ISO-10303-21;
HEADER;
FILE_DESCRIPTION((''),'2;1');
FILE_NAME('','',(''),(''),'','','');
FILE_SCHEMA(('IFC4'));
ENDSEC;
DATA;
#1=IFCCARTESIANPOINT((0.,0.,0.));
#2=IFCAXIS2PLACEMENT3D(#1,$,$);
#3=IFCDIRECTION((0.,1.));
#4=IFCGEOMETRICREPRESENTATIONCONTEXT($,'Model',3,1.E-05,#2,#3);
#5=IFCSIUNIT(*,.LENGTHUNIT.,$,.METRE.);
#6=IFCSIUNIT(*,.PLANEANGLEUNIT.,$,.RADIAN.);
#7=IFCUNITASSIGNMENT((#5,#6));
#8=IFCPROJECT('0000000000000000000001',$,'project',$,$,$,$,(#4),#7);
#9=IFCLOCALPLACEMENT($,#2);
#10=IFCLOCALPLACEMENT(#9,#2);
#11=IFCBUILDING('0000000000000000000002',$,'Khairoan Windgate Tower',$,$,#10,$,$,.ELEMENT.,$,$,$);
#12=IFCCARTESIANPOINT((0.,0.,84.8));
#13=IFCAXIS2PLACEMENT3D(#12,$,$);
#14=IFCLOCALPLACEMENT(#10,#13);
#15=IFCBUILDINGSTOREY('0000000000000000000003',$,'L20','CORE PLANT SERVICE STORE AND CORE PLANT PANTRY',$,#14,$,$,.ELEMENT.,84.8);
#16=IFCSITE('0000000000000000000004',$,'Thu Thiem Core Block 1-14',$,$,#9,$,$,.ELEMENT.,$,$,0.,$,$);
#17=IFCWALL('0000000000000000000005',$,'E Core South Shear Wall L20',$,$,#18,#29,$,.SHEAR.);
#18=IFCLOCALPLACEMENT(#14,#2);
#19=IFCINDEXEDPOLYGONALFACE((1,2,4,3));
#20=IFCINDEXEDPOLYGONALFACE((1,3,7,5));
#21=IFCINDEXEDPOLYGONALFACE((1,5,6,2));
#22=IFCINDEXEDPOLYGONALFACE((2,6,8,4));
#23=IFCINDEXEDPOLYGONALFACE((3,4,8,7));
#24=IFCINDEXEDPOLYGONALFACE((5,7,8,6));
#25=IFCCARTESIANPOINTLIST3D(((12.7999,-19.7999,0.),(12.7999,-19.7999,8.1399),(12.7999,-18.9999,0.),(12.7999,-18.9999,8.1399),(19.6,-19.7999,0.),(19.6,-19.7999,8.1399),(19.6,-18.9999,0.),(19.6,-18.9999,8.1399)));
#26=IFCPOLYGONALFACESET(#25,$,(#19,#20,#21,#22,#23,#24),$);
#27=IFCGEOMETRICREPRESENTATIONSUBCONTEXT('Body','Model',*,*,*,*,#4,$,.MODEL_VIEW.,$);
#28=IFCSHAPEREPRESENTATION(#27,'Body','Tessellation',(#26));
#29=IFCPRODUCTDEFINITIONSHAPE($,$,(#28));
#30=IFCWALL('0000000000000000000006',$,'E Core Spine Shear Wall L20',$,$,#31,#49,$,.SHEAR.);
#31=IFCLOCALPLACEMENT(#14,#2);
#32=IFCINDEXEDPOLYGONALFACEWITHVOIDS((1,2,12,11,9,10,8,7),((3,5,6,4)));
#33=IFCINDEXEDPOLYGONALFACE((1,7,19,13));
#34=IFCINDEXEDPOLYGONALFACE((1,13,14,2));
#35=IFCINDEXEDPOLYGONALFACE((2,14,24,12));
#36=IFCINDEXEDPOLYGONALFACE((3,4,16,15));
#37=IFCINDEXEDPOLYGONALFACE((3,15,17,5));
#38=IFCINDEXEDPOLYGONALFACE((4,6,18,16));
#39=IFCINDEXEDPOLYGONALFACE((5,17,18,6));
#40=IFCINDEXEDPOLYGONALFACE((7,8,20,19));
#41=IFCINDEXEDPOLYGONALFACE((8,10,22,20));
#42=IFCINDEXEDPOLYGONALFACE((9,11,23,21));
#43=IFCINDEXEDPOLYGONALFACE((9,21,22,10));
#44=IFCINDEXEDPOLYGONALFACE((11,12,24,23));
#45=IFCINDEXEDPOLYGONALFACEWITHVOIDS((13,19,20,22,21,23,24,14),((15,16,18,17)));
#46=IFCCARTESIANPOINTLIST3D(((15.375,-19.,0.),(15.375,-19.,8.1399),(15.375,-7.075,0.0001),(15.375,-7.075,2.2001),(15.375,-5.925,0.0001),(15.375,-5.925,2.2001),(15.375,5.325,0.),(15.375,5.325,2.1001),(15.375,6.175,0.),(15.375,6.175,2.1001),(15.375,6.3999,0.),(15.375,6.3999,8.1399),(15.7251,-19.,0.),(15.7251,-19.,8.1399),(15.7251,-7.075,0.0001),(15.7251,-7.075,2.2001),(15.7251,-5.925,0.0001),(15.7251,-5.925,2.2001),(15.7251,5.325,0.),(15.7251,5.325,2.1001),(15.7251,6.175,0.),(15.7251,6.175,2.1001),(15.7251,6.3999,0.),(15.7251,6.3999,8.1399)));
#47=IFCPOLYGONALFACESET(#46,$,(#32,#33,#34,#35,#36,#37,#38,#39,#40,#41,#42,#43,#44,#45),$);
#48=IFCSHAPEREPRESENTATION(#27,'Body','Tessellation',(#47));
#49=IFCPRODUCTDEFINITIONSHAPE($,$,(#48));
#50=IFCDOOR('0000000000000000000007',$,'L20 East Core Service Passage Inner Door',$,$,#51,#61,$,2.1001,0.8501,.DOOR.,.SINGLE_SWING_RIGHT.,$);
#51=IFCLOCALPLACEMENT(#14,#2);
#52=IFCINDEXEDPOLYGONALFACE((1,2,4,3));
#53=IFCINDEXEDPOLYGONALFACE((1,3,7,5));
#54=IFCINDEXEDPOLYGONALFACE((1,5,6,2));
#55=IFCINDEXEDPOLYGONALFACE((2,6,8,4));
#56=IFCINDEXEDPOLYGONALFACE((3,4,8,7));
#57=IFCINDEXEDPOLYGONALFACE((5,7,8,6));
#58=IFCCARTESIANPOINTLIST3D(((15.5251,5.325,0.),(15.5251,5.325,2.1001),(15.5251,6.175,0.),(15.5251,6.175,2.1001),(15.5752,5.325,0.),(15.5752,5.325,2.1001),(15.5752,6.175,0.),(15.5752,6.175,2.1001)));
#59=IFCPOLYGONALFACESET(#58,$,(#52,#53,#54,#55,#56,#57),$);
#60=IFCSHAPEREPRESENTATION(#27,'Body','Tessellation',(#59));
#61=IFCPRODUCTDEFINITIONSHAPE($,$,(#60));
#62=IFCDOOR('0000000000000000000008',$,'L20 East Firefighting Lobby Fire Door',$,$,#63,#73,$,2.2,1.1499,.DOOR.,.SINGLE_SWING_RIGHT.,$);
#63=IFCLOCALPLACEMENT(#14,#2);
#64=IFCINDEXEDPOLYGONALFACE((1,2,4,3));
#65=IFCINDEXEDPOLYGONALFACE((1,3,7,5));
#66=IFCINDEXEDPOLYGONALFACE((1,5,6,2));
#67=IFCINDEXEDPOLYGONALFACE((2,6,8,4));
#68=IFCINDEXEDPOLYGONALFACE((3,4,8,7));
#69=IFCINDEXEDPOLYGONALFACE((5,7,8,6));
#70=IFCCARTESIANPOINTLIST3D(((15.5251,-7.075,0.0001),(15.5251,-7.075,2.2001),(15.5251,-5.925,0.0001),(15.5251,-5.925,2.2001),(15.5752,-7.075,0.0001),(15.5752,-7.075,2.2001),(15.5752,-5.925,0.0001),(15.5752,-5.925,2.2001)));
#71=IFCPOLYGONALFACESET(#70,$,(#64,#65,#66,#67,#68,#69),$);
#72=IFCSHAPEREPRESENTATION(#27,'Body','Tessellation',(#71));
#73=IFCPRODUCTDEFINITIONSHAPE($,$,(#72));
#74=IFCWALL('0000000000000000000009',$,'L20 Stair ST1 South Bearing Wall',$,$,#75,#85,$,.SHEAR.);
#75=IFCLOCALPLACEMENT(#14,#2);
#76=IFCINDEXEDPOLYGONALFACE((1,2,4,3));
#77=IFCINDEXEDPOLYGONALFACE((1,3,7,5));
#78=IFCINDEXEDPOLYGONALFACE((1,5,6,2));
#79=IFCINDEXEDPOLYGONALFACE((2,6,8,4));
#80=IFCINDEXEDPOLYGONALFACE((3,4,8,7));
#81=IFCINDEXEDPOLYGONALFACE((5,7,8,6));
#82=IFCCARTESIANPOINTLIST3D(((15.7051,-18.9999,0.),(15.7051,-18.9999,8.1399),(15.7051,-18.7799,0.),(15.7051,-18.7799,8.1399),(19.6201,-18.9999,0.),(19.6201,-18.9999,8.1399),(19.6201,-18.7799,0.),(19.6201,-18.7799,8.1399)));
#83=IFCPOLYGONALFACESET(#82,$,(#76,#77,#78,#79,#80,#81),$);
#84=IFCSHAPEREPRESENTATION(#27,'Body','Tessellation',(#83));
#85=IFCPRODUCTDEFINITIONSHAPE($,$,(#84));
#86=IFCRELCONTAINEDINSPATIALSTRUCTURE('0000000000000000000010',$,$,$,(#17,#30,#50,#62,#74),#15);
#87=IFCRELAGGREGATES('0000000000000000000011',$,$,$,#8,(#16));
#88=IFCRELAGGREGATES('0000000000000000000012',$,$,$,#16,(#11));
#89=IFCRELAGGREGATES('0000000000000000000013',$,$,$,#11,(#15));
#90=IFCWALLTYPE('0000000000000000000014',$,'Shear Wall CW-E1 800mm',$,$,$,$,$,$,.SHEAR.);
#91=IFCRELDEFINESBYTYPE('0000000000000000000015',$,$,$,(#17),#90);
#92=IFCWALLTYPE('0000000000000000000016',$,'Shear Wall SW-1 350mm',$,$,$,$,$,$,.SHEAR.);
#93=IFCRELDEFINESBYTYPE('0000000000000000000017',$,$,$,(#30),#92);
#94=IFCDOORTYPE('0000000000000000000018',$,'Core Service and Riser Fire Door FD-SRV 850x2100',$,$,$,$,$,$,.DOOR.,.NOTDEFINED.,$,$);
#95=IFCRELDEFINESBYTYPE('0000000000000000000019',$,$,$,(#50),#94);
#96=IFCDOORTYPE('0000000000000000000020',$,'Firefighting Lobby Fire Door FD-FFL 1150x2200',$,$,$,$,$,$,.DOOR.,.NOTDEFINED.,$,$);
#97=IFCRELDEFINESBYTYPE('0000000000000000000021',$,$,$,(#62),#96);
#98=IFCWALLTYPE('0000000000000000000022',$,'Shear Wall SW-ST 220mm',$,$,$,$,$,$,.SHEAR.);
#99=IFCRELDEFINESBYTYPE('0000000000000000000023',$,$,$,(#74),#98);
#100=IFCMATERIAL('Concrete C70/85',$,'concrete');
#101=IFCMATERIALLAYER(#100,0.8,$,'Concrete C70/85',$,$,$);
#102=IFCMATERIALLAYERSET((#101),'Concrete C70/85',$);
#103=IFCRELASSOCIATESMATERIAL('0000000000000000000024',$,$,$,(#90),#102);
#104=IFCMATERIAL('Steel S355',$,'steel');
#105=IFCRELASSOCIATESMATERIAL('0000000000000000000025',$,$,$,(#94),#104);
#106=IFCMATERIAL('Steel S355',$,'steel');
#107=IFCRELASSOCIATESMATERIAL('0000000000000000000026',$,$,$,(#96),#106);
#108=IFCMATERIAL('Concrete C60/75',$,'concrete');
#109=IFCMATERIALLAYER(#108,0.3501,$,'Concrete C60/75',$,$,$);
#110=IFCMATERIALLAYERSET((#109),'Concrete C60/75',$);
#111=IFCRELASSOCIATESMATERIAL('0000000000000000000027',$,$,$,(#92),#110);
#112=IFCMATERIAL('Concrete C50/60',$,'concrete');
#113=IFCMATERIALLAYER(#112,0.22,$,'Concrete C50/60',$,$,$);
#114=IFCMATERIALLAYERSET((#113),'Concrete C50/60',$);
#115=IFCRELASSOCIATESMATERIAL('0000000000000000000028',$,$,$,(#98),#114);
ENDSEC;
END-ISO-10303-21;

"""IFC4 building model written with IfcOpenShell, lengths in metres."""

from ifc_helpers import new_model, si_unit, direction, frame, frame_2d, origin, place, context, subcontext, project, spatial, rectangle, extrude, material, layer, layer_set, type_object, element, fill, save


model = new_model("IFC4")

# Units and contexts
model_context = context("Model", 3, precision=1e-05, world=origin(), true_north=direction((0.0, 1.0)))
body_context = subcontext(model_context, "Body", "Model", "MODEL_VIEW")
ifc_project = project(units=[si_unit("LENGTHUNIT", "METRE"), si_unit("PLANEANGLEUNIT", "RADIAN")], contexts=[model_context])

# Site, building, storey
site_placement = place(None, origin())
site = spatial("IfcSite", under=ifc_project, at=site_placement, Name="Thu Thiem Core Block 1-14", CompositionType="ELEMENT", RefElevation=0.0)
building_placement = place(site_placement, origin())
building = spatial("IfcBuilding", under=site, at=building_placement, Name="Khairoan Windgate Tower", CompositionType="ELEMENT")
storey_placement = place(building_placement, frame((0.0, 0.0, 84.8)))
storey = spatial("IfcBuildingStorey", under=building, at=storey_placement, Name="L20", Description="CORE PLANT SERVICE STORE AND CORE PLANT PANTRY", CompositionType="ELEMENT", Elevation=84.8)

# Shared definitions
ifc_material_1 = material(Name="Concrete C70/85", Category="concrete")
ifc_layer_1 = layer(ifc_material_1, 0.8, Name="Concrete C70/85")
ifc_layer_set_1 = layer_set([ifc_layer_1], Name="Concrete C70/85")
wall_type_1 = type_object("IfcWallType", Name="Shear Wall CW-E1 800mm", PredefinedType="SHEAR", material=ifc_layer_set_1)
ifc_material_2 = material(Name="Steel S355", Category="steel")
door_type_1 = type_object("IfcDoorType", Name="Core Service and Riser Fire Door FD-SRV 850x2100", OperationType="NOTDEFINED", PredefinedType="DOOR", material=ifc_material_2)
ifc_material_3 = material(Name="Steel S355", Category="steel")
door_type_2 = type_object("IfcDoorType", Name="Firefighting Lobby Fire Door FD-FFL 1150x2200", OperationType="NOTDEFINED", PredefinedType="DOOR", material=ifc_material_3)

# Wall
wall_1_placement = place(storey_placement, frame((12.8, -19.3999, 0.0), z_axis=(0.0, 0.0, 1.0), x_axis=(1.0, 0.0, 0.0)))
element("IfcWall", 1, at=wall_1_placement, inside=storey, type_object=wall_type_1, Name="E Core South Shear Wall L20", PredefinedType="SHEAR", context=body_context, shape_type="SweptSolid", body=[
    extrude(rectangle(XDim=6.8, YDim=0.8, at=frame_2d((3.3999, 0.0))), origin(), (0.0, 0.0, 1.0), 8.1399),
])

# Wall, openings, doors
ifc_material_4 = material(Name="Concrete C60/75", Category="concrete")
ifc_layer_2 = layer(ifc_material_4, 0.3501, Name="Concrete C60/75")
ifc_layer_set_2 = layer_set([ifc_layer_2], Name="Concrete C60/75")
wall_type_2 = type_object("IfcWallType", Name="Shear Wall SW-1 350mm", PredefinedType="SHEAR", material=ifc_layer_set_2)
wall_2_placement = place(storey_placement, frame((15.55, -19.0, 0.0), z_axis=(0.0, 0.0, 1.0), x_axis=(0.0, 1.0, 0.0)))
wall_2 = element("IfcWall", 2, at=wall_2_placement, inside=storey, type_object=wall_type_2, Name="E Core Spine Shear Wall L20", PredefinedType="SHEAR", context=body_context, shape_type="SweptSolid", body=[
    extrude(rectangle(XDim=25.3999, YDim=0.3501, at=frame_2d((12.7, 0.0))), origin(), (0.0, 0.0, 1.0), 8.1399),
])
opening_1_placement = place(wall_2_placement, frame((11.925, 0.0, 0.0)))
opening_1 = element("IfcOpeningElement", 3, at=opening_1_placement, cuts=wall_2, PredefinedType="OPENING", context=body_context, shape_type="SweptSolid", body=[
    extrude(rectangle(XDim=1.1499, YDim=2.2, at=frame_2d((0.575, 1.1001))), frame((0.0, 0.1851, 0.0), z_axis=(0.0, -1.0, 0.0), x_axis=(1.0, 0.0, 0.0)), (0.0, 0.0, 1.0), 0.3701),
])
opening_2_placement = place(wall_2_placement, frame((24.325, 0.0, 0.0)))
opening_2 = element("IfcOpeningElement", 4, at=opening_2_placement, cuts=wall_2, PredefinedType="OPENING", context=body_context, shape_type="SweptSolid", body=[
    extrude(rectangle(XDim=0.8501, YDim=2.1001, at=frame_2d((0.425, 1.05))), frame((0.0, 0.1851, 0.0), z_axis=(0.0, -1.0, 0.0), x_axis=(1.0, 0.0, 0.0)), (0.0, 0.0, 1.0), 0.3701),
])
door_1_placement = place(opening_2_placement, origin())
door_1 = element("IfcDoor", 5, at=door_1_placement, inside=storey, type_object=door_type_1, Name="L20 East Core Service Passage Inner Door", OperationType="SINGLE_SWING_RIGHT", OverallHeight=2.1001, OverallWidth=0.8501, PredefinedType="DOOR", context=body_context, shape_type="SweptSolid", body=[
    extrude(rectangle(XDim=0.8501, YDim=2.1001, at=frame_2d((0.425, 1.05))), frame((0.0, 0.0249, 0.0), z_axis=(0.0, -1.0, 0.0), x_axis=(1.0, 0.0, 0.0)), (0.0, 0.0, 1.0), 0.05),
])
fill(opening_2, door_1)
door_2_placement = place(opening_1_placement, origin())
door_2 = element("IfcDoor", 6, at=door_2_placement, inside=storey, type_object=door_type_2, Name="L20 East Firefighting Lobby Fire Door", OperationType="SINGLE_SWING_RIGHT", OverallHeight=2.2, OverallWidth=1.1499, PredefinedType="DOOR", context=body_context, shape_type="SweptSolid", body=[
    extrude(rectangle(XDim=1.1499, YDim=2.2, at=frame_2d((0.575, 1.1001))), frame((0.0, 0.0249, 0.0), z_axis=(0.0, -1.0, 0.0), x_axis=(1.0, 0.0, 0.0)), (0.0, 0.0, 1.0), 0.05),
])
fill(opening_1, door_2)

# Wall
ifc_material_5 = material(Name="Concrete C50/60", Category="concrete")
ifc_layer_3 = layer(ifc_material_5, 0.22, Name="Concrete C50/60")
ifc_layer_set_3 = layer_set([ifc_layer_3], Name="Concrete C50/60")
wall_type_3 = type_object("IfcWallType", Name="Shear Wall SW-ST 220mm", PredefinedType="SHEAR", material=ifc_layer_set_3)
wall_3_placement = place(storey_placement, frame((15.7051, -18.8899, 0.0), z_axis=(0.0, 0.0, 1.0), x_axis=(1.0, 0.0, 0.0)))
element("IfcWall", 7, at=wall_3_placement, inside=storey, type_object=wall_type_3, Name="L20 Stair ST1 South Bearing Wall", PredefinedType="SHEAR", context=body_context, shape_type="SweptSolid", body=[
    extrude(rectangle(XDim=3.915, YDim=0.22, at=frame_2d((1.9575, 0.0))), origin(), (0.0, 0.0, 1.0), 8.1399),
])

save(model, "model.ifc")
